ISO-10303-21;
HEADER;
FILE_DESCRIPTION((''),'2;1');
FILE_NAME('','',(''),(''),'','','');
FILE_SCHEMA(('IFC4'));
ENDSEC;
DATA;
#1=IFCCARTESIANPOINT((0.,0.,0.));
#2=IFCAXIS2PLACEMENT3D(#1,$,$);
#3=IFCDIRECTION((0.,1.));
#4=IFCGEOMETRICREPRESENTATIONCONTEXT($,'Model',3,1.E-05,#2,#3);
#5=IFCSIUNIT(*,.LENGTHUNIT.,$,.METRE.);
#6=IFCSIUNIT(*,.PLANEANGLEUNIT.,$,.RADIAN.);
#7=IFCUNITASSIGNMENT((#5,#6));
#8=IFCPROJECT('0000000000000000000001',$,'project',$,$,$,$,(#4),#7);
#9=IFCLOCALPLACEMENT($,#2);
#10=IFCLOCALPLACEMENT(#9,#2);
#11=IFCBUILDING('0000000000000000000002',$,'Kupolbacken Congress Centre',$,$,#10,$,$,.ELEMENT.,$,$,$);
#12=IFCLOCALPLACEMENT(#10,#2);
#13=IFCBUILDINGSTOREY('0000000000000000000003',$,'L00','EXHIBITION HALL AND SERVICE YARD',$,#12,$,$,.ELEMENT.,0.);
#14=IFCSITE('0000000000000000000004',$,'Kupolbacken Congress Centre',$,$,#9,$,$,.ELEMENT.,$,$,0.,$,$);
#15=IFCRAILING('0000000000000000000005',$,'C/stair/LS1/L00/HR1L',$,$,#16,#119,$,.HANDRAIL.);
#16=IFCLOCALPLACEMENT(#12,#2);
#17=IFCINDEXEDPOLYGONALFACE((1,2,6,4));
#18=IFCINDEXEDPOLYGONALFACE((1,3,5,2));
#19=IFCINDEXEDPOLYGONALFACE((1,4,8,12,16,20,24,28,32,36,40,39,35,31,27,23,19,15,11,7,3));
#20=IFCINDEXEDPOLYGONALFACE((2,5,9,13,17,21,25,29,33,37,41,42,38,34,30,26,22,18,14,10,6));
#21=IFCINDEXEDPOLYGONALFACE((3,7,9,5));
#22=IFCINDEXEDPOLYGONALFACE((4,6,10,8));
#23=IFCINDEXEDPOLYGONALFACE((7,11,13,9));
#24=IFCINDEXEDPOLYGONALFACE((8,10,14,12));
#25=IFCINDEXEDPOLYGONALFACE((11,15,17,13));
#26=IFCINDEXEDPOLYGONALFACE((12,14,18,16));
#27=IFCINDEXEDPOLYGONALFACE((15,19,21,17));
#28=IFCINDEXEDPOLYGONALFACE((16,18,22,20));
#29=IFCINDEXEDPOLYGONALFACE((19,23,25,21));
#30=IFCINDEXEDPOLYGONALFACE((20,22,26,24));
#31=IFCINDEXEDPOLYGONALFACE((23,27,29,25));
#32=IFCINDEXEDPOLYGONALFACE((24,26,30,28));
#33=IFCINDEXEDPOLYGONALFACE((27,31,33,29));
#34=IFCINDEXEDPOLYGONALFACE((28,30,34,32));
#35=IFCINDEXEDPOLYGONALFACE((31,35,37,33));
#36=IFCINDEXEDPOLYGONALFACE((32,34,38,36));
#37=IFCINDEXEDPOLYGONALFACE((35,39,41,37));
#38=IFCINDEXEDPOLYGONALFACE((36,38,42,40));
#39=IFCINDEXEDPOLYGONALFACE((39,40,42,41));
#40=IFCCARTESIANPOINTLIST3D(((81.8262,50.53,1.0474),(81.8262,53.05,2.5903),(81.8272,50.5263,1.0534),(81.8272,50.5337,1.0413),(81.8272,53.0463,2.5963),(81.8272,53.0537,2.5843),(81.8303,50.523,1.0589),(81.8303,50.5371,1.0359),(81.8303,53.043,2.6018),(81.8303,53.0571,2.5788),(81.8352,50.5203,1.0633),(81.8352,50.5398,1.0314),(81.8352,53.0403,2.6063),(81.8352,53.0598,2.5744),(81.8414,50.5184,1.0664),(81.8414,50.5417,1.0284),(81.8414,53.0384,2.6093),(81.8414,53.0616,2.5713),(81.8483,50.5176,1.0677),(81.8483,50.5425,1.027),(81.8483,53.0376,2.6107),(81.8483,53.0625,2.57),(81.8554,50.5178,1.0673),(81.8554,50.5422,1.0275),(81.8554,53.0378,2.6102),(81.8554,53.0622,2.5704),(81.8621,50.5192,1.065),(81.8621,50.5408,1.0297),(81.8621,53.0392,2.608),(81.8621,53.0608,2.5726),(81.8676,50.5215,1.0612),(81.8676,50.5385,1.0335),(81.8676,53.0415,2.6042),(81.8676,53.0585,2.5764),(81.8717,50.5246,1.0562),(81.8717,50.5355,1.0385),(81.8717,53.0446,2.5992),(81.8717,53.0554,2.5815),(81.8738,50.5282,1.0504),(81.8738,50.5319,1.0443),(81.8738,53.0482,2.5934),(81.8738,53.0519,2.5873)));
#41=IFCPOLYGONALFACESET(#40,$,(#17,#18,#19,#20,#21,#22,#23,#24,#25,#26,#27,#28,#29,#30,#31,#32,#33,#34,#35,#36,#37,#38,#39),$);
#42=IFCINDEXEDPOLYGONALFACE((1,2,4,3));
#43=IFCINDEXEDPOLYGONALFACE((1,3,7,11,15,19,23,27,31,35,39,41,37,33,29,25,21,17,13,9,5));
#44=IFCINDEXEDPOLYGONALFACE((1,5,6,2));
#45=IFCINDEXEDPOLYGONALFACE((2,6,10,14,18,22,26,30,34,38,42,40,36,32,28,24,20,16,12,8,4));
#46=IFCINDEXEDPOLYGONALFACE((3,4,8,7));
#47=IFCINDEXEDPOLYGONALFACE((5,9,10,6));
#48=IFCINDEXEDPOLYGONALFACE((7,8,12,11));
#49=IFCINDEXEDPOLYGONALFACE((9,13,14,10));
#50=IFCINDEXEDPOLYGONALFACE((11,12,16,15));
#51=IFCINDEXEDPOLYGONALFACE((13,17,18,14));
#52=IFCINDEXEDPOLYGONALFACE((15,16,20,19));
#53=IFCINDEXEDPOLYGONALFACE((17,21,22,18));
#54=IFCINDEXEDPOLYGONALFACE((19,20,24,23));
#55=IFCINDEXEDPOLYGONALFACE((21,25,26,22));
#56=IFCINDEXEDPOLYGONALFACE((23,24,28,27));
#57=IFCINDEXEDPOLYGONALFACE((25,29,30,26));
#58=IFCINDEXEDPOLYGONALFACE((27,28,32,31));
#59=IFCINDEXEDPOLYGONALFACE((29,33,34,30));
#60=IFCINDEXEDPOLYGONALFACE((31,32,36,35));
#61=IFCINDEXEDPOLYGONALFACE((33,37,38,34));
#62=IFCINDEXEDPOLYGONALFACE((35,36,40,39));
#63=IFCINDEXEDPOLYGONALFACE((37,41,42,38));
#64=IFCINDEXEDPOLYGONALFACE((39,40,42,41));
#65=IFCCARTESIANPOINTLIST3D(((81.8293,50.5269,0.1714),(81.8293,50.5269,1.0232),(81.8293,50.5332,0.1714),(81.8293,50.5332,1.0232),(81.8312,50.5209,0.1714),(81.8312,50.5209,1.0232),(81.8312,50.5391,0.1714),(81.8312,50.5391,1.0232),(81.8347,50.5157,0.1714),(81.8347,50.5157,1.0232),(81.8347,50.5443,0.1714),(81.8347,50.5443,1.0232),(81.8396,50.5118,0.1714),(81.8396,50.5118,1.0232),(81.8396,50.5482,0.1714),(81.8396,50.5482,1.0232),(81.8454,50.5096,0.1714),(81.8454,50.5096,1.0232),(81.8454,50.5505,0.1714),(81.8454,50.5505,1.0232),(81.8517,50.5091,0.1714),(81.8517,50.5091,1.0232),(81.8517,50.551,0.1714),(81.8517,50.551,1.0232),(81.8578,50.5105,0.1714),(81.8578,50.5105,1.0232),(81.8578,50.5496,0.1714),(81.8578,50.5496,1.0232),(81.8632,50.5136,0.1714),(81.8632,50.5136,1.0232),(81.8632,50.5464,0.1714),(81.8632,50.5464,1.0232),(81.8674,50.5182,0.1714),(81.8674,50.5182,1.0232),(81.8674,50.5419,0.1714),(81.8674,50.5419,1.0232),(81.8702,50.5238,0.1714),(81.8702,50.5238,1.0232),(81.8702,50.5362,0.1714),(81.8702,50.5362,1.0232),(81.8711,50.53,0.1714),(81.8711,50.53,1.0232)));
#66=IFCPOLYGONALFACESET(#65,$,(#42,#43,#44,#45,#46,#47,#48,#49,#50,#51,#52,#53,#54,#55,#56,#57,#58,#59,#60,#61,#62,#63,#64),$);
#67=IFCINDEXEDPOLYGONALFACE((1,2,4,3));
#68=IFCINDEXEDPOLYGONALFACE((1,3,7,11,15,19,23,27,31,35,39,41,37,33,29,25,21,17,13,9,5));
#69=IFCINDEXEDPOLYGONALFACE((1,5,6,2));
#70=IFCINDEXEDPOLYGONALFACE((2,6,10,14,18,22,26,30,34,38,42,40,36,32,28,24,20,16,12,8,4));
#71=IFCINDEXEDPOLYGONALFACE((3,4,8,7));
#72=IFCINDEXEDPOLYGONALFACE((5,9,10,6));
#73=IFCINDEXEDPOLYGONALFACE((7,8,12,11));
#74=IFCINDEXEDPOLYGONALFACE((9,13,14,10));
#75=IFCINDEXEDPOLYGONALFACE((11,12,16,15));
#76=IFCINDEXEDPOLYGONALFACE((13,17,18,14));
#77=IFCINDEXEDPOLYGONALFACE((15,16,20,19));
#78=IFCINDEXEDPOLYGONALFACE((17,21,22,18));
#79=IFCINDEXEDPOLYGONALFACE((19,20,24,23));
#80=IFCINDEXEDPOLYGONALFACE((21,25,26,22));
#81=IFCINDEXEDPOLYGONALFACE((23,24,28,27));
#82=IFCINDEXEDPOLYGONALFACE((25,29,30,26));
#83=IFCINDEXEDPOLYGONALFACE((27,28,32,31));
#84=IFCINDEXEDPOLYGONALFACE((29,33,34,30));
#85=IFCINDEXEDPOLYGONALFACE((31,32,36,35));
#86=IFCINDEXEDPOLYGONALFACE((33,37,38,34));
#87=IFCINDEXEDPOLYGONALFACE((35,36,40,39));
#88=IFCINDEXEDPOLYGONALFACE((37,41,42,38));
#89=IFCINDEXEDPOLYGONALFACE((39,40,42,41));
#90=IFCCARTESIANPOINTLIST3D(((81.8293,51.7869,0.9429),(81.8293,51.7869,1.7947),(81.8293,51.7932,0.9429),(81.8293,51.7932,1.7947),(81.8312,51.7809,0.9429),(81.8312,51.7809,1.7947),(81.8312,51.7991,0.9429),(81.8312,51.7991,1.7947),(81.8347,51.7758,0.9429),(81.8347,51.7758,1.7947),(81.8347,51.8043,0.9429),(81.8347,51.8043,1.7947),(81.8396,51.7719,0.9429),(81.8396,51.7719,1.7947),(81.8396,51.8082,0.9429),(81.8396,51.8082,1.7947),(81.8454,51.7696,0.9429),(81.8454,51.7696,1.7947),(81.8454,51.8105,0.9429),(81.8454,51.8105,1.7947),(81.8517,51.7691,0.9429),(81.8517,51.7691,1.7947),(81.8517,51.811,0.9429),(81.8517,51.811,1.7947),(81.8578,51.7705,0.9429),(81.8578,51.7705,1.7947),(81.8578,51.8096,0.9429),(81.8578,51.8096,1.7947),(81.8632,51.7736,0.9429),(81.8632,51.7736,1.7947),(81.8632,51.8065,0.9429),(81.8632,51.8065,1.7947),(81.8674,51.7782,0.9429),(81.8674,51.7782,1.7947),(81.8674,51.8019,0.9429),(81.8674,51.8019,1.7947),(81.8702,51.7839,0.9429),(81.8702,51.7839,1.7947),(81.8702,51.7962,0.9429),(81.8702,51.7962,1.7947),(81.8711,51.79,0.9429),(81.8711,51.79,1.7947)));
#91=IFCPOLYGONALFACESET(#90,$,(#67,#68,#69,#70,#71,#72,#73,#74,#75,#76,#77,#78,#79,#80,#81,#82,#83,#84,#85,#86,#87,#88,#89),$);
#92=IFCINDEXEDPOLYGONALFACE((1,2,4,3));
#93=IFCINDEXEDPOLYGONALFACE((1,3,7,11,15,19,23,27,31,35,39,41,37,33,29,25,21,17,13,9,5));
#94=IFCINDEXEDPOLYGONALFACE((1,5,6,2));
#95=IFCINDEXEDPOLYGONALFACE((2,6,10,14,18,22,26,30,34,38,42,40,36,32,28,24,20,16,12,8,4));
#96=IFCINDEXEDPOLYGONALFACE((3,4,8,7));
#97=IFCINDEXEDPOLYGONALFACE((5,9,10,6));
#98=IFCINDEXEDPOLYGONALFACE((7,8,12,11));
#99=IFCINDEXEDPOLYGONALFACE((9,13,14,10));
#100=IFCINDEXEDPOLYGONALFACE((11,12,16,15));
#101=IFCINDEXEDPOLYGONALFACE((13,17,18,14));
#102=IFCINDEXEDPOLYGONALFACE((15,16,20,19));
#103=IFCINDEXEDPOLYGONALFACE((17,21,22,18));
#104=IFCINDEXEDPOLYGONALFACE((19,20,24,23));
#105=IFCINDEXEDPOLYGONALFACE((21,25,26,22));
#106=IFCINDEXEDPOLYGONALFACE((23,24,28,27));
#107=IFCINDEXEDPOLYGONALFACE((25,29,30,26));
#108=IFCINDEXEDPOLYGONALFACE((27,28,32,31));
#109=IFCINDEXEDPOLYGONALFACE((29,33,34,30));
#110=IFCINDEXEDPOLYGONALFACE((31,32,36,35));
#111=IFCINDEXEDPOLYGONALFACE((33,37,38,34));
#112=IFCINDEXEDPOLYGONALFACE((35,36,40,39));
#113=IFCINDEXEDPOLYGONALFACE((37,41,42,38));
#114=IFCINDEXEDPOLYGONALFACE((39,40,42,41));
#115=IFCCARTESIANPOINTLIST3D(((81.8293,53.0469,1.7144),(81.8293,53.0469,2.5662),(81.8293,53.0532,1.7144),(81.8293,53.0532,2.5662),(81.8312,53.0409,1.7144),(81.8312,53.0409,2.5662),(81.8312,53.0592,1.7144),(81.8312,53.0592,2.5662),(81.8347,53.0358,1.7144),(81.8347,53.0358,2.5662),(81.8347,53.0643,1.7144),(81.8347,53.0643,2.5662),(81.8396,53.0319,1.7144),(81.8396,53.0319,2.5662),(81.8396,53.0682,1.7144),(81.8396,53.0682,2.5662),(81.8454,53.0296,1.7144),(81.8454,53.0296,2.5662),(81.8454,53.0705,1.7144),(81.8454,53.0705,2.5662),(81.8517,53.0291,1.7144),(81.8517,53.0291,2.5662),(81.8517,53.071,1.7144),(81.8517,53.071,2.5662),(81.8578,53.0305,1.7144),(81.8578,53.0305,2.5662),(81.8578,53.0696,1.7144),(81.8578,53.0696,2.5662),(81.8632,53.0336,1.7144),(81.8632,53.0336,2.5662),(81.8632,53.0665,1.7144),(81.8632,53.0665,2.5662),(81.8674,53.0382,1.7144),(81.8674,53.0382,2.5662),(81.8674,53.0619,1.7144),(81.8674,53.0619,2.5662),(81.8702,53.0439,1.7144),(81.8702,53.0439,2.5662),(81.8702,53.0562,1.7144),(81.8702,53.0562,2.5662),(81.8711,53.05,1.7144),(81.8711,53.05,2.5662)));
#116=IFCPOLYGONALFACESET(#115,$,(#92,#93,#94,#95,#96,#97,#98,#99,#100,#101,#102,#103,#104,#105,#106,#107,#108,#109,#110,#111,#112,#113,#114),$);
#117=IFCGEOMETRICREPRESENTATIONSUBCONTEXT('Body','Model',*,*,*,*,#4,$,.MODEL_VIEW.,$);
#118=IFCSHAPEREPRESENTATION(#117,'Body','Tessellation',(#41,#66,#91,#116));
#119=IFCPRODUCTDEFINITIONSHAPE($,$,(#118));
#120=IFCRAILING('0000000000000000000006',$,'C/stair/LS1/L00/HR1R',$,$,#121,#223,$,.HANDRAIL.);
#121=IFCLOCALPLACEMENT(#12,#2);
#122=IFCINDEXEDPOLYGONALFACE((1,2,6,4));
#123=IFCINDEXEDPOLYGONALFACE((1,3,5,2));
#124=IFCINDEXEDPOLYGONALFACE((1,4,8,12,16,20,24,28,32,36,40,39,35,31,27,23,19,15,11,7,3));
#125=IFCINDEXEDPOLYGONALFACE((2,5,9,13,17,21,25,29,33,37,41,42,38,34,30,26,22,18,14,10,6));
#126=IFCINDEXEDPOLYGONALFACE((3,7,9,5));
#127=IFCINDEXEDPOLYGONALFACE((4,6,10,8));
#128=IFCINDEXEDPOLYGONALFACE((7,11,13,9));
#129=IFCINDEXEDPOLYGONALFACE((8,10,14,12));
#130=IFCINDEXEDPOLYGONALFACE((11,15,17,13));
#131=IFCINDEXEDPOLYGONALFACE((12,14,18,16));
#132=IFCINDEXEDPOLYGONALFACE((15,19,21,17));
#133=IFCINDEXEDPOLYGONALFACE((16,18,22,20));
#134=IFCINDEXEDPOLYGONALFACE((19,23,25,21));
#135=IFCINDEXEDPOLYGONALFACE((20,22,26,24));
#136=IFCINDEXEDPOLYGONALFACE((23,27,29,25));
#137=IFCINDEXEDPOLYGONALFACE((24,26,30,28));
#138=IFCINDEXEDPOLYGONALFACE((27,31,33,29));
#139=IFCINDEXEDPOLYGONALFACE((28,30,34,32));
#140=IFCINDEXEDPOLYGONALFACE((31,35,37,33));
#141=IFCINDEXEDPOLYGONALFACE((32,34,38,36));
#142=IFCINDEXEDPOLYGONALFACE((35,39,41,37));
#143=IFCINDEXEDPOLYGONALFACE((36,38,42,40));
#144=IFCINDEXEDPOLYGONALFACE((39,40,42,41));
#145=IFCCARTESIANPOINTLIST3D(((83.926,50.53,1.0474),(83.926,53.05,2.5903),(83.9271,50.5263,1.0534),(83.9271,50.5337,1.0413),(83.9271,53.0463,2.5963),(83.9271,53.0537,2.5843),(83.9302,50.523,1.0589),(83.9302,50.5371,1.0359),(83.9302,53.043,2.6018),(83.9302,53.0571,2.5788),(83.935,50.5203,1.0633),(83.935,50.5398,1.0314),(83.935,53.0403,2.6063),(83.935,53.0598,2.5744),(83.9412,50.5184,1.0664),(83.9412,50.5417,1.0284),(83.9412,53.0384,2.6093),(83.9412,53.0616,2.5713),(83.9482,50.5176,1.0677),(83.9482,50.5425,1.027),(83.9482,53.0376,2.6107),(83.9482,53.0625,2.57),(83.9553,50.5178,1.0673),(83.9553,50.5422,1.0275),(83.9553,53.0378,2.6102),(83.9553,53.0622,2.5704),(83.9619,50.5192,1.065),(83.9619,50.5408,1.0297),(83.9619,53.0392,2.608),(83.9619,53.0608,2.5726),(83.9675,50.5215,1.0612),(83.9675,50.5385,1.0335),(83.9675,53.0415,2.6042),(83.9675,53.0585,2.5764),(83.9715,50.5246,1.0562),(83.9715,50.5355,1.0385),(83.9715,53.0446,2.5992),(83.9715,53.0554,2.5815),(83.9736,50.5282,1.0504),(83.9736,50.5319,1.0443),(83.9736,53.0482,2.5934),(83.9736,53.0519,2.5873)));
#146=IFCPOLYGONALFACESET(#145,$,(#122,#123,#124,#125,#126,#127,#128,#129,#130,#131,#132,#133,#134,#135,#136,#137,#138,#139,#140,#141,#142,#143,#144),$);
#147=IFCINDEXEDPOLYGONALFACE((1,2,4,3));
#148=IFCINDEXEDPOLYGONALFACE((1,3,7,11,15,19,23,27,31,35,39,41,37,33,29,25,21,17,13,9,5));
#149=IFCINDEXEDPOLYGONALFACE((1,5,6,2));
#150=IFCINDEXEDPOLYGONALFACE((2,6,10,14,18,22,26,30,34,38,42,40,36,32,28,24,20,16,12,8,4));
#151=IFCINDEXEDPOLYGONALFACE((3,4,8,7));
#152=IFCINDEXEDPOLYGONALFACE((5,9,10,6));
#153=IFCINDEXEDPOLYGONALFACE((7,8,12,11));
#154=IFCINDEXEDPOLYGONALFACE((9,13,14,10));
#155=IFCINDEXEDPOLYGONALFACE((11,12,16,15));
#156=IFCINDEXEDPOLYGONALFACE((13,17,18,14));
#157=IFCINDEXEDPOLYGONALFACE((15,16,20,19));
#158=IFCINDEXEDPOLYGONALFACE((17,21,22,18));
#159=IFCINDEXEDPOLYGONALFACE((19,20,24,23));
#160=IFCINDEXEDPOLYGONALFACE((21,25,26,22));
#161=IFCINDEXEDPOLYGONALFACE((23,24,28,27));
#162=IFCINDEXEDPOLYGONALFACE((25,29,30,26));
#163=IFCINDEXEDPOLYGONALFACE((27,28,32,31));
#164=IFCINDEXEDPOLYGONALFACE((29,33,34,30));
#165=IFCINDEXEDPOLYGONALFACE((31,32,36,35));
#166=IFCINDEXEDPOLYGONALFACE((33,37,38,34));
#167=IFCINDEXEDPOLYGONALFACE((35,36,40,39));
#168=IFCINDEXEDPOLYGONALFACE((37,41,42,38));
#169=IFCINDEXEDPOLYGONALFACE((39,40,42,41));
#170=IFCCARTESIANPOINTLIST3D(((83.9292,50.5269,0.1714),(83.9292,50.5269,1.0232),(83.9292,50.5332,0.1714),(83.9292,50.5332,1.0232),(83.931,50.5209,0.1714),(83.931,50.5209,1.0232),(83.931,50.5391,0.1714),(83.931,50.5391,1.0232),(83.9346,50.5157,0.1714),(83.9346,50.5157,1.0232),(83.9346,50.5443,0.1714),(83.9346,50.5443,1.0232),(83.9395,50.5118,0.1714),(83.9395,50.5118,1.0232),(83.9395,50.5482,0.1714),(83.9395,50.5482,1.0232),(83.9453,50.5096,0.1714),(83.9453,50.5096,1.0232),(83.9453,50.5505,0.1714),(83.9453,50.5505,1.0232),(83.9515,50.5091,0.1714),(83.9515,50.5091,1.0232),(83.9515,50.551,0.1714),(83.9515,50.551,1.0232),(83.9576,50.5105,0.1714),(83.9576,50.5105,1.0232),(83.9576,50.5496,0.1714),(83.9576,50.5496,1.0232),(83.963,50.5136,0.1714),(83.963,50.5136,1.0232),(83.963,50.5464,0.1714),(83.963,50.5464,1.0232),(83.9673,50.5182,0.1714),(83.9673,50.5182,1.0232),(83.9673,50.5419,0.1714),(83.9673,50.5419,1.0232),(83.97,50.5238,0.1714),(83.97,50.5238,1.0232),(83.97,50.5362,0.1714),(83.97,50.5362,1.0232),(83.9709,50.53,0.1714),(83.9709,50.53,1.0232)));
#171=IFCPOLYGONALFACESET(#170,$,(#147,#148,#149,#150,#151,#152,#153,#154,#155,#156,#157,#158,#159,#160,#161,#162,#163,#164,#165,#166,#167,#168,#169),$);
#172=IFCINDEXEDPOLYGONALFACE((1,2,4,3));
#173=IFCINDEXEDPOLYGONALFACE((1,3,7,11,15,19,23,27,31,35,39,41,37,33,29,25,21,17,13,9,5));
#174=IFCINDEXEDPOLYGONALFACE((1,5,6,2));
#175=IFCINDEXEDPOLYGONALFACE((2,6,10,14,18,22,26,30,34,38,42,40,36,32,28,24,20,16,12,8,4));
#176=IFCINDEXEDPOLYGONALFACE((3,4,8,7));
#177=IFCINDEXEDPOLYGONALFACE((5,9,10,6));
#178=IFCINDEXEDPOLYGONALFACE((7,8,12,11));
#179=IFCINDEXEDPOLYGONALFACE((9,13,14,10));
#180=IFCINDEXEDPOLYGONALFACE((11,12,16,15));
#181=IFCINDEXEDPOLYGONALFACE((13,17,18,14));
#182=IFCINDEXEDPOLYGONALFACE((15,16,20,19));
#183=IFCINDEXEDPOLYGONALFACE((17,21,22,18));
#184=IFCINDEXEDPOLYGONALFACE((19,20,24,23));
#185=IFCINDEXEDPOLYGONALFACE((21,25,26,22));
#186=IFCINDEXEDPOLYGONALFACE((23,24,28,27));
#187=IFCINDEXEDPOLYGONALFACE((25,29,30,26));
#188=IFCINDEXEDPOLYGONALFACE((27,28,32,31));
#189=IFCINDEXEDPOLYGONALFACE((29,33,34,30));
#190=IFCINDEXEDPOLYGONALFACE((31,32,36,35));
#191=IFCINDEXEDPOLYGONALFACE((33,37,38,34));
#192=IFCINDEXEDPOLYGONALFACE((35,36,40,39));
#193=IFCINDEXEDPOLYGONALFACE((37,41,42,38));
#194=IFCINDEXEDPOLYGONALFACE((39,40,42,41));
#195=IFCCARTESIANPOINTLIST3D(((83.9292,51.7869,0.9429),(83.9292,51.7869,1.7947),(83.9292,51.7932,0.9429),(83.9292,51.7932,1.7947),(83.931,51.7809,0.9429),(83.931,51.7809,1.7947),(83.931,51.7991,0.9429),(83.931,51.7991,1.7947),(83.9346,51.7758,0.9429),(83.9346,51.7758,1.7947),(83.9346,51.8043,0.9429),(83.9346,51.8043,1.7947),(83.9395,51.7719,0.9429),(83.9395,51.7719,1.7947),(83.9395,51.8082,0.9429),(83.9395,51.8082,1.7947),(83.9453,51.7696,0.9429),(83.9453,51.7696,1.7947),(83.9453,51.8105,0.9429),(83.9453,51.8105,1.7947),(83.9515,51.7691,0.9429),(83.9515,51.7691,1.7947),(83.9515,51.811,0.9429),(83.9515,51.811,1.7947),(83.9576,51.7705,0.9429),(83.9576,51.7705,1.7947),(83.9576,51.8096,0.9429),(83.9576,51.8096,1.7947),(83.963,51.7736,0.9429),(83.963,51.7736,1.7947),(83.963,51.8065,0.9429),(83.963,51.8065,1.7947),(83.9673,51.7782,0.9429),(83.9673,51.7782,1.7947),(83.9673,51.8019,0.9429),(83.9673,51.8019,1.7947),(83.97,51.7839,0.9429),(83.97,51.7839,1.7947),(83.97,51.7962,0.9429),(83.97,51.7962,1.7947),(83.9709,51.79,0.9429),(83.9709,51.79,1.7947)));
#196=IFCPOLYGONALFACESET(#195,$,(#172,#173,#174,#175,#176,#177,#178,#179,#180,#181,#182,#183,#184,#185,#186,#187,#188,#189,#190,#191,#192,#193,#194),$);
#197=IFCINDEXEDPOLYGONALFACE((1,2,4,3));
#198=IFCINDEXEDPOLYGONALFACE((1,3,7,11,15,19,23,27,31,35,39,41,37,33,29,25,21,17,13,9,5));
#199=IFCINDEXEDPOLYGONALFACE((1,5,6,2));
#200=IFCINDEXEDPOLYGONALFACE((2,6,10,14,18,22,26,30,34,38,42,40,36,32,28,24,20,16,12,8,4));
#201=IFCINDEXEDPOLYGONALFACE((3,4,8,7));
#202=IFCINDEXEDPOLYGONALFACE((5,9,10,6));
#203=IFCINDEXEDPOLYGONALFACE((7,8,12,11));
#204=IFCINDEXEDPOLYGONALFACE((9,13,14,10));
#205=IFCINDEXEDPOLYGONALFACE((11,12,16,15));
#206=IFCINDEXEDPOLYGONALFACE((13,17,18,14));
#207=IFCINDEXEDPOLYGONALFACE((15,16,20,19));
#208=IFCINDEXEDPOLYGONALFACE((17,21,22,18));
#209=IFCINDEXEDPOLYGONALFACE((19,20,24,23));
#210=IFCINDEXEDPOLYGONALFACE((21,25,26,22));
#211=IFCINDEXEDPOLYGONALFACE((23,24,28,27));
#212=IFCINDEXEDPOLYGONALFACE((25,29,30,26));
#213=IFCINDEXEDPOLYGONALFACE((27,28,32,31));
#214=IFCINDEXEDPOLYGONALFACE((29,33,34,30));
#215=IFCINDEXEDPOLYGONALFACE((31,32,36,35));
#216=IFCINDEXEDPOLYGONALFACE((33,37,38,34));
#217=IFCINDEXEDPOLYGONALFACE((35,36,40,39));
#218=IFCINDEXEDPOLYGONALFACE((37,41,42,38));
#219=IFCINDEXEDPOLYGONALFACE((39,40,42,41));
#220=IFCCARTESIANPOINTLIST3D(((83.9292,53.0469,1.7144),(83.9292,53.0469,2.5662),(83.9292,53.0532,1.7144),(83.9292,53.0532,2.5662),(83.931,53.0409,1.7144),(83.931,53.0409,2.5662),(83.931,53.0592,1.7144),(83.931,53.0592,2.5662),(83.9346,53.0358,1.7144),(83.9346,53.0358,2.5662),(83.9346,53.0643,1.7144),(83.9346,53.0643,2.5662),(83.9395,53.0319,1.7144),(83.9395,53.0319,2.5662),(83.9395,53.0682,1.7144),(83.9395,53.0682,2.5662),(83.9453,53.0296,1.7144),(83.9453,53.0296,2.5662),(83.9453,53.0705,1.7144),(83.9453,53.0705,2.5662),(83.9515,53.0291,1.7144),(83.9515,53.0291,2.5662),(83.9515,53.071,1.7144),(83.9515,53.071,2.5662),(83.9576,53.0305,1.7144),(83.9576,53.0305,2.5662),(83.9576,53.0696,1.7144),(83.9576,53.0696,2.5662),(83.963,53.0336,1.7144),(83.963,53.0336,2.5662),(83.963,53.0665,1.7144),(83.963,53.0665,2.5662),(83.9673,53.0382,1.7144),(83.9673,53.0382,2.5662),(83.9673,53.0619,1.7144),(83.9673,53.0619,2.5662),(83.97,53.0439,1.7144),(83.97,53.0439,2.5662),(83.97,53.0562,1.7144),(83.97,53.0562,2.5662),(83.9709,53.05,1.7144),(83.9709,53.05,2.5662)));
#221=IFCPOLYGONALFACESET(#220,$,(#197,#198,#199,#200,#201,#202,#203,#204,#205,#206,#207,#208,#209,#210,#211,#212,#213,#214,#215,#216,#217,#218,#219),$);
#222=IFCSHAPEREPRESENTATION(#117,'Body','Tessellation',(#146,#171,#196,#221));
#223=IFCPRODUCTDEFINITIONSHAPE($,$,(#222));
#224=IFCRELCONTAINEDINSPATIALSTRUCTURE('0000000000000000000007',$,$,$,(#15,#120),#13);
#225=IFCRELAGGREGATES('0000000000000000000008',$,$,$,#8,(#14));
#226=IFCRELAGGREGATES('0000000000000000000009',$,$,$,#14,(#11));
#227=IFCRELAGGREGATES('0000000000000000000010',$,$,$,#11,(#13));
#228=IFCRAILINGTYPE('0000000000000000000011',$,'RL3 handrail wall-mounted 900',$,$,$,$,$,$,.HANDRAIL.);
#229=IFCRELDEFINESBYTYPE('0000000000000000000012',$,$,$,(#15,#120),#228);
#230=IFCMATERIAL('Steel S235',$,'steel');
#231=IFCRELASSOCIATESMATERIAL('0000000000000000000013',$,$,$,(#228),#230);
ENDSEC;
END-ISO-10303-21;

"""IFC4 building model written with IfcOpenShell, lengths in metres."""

from ifc_helpers import new_model, si_unit, direction, frame, origin, origin_2d, place, context, subcontext, project, spatial, circle, extrude, material, type_object, element, save


model = new_model("IFC4")

# Units and contexts
model_context = context("Model", 3, precision=1e-05, world=origin(), true_north=direction((0.0, 1.0)))
body_context = subcontext(model_context, "Body", "Model", "MODEL_VIEW")
ifc_project = project(units=[si_unit("LENGTHUNIT", "METRE"), si_unit("PLANEANGLEUNIT", "RADIAN")], contexts=[model_context])

# Site, building, storey
site_placement = place(None, origin())
site = spatial("IfcSite", under=ifc_project, at=site_placement, Name="Kupolbacken Congress Centre", CompositionType="ELEMENT", RefElevation=0.0)
building_placement = place(site_placement, origin())
building = spatial("IfcBuilding", under=site, at=building_placement, Name="Kupolbacken Congress Centre", CompositionType="ELEMENT")
storey_placement = place(building_placement, origin())
storey = spatial("IfcBuildingStorey", under=building, at=storey_placement, Name="L00", Description="EXHIBITION HALL AND SERVICE YARD", CompositionType="ELEMENT", Elevation=0.0)

# Railings
ifc_material_1 = material(Name="Steel S235", Category="steel")
railing_type = type_object("IfcRailingType", Name="RL3 handrail wall-mounted 900", PredefinedType="HANDRAIL", material=ifc_material_1)
for number, where, name in (
    (1, (81.8501, 50.53, 0.1714), "C/stair/LS1/L00/HR1L"),
    (2, (83.95, 50.53, 0.1714), "C/stair/LS1/L00/HR1R"),
):
    element("IfcRailing", number, at=place(storey_placement, frame(where)), inside=storey, type_object=railing_type, Name=name, PredefinedType="HANDRAIL", context=body_context, shape_type="SweptSolid", body=[
        extrude(circle(Radius=0.0239, at=origin_2d()), frame((0.0, 0.0, 0.876), z_axis=(0.0, 0.852836, 0.522178), x_axis=(-1.0, 0.0, 0.0)), (0.0, 0.0, 1.0), 2.9548),
        extrude(circle(Radius=0.021, at=origin_2d()), origin(), (0.0, 0.0, 1.0), 0.8518),
        extrude(circle(Radius=0.021, at=origin_2d()), frame((0.0, 1.26, 0.7715)), (0.0, 0.0, 1.0), 0.8518),
        extrude(circle(Radius=0.021, at=origin_2d()), frame((0.0, 2.52, 1.543)), (0.0, 0.0, 1.0), 0.8518),
    ])

save(model, "model.ifc")
